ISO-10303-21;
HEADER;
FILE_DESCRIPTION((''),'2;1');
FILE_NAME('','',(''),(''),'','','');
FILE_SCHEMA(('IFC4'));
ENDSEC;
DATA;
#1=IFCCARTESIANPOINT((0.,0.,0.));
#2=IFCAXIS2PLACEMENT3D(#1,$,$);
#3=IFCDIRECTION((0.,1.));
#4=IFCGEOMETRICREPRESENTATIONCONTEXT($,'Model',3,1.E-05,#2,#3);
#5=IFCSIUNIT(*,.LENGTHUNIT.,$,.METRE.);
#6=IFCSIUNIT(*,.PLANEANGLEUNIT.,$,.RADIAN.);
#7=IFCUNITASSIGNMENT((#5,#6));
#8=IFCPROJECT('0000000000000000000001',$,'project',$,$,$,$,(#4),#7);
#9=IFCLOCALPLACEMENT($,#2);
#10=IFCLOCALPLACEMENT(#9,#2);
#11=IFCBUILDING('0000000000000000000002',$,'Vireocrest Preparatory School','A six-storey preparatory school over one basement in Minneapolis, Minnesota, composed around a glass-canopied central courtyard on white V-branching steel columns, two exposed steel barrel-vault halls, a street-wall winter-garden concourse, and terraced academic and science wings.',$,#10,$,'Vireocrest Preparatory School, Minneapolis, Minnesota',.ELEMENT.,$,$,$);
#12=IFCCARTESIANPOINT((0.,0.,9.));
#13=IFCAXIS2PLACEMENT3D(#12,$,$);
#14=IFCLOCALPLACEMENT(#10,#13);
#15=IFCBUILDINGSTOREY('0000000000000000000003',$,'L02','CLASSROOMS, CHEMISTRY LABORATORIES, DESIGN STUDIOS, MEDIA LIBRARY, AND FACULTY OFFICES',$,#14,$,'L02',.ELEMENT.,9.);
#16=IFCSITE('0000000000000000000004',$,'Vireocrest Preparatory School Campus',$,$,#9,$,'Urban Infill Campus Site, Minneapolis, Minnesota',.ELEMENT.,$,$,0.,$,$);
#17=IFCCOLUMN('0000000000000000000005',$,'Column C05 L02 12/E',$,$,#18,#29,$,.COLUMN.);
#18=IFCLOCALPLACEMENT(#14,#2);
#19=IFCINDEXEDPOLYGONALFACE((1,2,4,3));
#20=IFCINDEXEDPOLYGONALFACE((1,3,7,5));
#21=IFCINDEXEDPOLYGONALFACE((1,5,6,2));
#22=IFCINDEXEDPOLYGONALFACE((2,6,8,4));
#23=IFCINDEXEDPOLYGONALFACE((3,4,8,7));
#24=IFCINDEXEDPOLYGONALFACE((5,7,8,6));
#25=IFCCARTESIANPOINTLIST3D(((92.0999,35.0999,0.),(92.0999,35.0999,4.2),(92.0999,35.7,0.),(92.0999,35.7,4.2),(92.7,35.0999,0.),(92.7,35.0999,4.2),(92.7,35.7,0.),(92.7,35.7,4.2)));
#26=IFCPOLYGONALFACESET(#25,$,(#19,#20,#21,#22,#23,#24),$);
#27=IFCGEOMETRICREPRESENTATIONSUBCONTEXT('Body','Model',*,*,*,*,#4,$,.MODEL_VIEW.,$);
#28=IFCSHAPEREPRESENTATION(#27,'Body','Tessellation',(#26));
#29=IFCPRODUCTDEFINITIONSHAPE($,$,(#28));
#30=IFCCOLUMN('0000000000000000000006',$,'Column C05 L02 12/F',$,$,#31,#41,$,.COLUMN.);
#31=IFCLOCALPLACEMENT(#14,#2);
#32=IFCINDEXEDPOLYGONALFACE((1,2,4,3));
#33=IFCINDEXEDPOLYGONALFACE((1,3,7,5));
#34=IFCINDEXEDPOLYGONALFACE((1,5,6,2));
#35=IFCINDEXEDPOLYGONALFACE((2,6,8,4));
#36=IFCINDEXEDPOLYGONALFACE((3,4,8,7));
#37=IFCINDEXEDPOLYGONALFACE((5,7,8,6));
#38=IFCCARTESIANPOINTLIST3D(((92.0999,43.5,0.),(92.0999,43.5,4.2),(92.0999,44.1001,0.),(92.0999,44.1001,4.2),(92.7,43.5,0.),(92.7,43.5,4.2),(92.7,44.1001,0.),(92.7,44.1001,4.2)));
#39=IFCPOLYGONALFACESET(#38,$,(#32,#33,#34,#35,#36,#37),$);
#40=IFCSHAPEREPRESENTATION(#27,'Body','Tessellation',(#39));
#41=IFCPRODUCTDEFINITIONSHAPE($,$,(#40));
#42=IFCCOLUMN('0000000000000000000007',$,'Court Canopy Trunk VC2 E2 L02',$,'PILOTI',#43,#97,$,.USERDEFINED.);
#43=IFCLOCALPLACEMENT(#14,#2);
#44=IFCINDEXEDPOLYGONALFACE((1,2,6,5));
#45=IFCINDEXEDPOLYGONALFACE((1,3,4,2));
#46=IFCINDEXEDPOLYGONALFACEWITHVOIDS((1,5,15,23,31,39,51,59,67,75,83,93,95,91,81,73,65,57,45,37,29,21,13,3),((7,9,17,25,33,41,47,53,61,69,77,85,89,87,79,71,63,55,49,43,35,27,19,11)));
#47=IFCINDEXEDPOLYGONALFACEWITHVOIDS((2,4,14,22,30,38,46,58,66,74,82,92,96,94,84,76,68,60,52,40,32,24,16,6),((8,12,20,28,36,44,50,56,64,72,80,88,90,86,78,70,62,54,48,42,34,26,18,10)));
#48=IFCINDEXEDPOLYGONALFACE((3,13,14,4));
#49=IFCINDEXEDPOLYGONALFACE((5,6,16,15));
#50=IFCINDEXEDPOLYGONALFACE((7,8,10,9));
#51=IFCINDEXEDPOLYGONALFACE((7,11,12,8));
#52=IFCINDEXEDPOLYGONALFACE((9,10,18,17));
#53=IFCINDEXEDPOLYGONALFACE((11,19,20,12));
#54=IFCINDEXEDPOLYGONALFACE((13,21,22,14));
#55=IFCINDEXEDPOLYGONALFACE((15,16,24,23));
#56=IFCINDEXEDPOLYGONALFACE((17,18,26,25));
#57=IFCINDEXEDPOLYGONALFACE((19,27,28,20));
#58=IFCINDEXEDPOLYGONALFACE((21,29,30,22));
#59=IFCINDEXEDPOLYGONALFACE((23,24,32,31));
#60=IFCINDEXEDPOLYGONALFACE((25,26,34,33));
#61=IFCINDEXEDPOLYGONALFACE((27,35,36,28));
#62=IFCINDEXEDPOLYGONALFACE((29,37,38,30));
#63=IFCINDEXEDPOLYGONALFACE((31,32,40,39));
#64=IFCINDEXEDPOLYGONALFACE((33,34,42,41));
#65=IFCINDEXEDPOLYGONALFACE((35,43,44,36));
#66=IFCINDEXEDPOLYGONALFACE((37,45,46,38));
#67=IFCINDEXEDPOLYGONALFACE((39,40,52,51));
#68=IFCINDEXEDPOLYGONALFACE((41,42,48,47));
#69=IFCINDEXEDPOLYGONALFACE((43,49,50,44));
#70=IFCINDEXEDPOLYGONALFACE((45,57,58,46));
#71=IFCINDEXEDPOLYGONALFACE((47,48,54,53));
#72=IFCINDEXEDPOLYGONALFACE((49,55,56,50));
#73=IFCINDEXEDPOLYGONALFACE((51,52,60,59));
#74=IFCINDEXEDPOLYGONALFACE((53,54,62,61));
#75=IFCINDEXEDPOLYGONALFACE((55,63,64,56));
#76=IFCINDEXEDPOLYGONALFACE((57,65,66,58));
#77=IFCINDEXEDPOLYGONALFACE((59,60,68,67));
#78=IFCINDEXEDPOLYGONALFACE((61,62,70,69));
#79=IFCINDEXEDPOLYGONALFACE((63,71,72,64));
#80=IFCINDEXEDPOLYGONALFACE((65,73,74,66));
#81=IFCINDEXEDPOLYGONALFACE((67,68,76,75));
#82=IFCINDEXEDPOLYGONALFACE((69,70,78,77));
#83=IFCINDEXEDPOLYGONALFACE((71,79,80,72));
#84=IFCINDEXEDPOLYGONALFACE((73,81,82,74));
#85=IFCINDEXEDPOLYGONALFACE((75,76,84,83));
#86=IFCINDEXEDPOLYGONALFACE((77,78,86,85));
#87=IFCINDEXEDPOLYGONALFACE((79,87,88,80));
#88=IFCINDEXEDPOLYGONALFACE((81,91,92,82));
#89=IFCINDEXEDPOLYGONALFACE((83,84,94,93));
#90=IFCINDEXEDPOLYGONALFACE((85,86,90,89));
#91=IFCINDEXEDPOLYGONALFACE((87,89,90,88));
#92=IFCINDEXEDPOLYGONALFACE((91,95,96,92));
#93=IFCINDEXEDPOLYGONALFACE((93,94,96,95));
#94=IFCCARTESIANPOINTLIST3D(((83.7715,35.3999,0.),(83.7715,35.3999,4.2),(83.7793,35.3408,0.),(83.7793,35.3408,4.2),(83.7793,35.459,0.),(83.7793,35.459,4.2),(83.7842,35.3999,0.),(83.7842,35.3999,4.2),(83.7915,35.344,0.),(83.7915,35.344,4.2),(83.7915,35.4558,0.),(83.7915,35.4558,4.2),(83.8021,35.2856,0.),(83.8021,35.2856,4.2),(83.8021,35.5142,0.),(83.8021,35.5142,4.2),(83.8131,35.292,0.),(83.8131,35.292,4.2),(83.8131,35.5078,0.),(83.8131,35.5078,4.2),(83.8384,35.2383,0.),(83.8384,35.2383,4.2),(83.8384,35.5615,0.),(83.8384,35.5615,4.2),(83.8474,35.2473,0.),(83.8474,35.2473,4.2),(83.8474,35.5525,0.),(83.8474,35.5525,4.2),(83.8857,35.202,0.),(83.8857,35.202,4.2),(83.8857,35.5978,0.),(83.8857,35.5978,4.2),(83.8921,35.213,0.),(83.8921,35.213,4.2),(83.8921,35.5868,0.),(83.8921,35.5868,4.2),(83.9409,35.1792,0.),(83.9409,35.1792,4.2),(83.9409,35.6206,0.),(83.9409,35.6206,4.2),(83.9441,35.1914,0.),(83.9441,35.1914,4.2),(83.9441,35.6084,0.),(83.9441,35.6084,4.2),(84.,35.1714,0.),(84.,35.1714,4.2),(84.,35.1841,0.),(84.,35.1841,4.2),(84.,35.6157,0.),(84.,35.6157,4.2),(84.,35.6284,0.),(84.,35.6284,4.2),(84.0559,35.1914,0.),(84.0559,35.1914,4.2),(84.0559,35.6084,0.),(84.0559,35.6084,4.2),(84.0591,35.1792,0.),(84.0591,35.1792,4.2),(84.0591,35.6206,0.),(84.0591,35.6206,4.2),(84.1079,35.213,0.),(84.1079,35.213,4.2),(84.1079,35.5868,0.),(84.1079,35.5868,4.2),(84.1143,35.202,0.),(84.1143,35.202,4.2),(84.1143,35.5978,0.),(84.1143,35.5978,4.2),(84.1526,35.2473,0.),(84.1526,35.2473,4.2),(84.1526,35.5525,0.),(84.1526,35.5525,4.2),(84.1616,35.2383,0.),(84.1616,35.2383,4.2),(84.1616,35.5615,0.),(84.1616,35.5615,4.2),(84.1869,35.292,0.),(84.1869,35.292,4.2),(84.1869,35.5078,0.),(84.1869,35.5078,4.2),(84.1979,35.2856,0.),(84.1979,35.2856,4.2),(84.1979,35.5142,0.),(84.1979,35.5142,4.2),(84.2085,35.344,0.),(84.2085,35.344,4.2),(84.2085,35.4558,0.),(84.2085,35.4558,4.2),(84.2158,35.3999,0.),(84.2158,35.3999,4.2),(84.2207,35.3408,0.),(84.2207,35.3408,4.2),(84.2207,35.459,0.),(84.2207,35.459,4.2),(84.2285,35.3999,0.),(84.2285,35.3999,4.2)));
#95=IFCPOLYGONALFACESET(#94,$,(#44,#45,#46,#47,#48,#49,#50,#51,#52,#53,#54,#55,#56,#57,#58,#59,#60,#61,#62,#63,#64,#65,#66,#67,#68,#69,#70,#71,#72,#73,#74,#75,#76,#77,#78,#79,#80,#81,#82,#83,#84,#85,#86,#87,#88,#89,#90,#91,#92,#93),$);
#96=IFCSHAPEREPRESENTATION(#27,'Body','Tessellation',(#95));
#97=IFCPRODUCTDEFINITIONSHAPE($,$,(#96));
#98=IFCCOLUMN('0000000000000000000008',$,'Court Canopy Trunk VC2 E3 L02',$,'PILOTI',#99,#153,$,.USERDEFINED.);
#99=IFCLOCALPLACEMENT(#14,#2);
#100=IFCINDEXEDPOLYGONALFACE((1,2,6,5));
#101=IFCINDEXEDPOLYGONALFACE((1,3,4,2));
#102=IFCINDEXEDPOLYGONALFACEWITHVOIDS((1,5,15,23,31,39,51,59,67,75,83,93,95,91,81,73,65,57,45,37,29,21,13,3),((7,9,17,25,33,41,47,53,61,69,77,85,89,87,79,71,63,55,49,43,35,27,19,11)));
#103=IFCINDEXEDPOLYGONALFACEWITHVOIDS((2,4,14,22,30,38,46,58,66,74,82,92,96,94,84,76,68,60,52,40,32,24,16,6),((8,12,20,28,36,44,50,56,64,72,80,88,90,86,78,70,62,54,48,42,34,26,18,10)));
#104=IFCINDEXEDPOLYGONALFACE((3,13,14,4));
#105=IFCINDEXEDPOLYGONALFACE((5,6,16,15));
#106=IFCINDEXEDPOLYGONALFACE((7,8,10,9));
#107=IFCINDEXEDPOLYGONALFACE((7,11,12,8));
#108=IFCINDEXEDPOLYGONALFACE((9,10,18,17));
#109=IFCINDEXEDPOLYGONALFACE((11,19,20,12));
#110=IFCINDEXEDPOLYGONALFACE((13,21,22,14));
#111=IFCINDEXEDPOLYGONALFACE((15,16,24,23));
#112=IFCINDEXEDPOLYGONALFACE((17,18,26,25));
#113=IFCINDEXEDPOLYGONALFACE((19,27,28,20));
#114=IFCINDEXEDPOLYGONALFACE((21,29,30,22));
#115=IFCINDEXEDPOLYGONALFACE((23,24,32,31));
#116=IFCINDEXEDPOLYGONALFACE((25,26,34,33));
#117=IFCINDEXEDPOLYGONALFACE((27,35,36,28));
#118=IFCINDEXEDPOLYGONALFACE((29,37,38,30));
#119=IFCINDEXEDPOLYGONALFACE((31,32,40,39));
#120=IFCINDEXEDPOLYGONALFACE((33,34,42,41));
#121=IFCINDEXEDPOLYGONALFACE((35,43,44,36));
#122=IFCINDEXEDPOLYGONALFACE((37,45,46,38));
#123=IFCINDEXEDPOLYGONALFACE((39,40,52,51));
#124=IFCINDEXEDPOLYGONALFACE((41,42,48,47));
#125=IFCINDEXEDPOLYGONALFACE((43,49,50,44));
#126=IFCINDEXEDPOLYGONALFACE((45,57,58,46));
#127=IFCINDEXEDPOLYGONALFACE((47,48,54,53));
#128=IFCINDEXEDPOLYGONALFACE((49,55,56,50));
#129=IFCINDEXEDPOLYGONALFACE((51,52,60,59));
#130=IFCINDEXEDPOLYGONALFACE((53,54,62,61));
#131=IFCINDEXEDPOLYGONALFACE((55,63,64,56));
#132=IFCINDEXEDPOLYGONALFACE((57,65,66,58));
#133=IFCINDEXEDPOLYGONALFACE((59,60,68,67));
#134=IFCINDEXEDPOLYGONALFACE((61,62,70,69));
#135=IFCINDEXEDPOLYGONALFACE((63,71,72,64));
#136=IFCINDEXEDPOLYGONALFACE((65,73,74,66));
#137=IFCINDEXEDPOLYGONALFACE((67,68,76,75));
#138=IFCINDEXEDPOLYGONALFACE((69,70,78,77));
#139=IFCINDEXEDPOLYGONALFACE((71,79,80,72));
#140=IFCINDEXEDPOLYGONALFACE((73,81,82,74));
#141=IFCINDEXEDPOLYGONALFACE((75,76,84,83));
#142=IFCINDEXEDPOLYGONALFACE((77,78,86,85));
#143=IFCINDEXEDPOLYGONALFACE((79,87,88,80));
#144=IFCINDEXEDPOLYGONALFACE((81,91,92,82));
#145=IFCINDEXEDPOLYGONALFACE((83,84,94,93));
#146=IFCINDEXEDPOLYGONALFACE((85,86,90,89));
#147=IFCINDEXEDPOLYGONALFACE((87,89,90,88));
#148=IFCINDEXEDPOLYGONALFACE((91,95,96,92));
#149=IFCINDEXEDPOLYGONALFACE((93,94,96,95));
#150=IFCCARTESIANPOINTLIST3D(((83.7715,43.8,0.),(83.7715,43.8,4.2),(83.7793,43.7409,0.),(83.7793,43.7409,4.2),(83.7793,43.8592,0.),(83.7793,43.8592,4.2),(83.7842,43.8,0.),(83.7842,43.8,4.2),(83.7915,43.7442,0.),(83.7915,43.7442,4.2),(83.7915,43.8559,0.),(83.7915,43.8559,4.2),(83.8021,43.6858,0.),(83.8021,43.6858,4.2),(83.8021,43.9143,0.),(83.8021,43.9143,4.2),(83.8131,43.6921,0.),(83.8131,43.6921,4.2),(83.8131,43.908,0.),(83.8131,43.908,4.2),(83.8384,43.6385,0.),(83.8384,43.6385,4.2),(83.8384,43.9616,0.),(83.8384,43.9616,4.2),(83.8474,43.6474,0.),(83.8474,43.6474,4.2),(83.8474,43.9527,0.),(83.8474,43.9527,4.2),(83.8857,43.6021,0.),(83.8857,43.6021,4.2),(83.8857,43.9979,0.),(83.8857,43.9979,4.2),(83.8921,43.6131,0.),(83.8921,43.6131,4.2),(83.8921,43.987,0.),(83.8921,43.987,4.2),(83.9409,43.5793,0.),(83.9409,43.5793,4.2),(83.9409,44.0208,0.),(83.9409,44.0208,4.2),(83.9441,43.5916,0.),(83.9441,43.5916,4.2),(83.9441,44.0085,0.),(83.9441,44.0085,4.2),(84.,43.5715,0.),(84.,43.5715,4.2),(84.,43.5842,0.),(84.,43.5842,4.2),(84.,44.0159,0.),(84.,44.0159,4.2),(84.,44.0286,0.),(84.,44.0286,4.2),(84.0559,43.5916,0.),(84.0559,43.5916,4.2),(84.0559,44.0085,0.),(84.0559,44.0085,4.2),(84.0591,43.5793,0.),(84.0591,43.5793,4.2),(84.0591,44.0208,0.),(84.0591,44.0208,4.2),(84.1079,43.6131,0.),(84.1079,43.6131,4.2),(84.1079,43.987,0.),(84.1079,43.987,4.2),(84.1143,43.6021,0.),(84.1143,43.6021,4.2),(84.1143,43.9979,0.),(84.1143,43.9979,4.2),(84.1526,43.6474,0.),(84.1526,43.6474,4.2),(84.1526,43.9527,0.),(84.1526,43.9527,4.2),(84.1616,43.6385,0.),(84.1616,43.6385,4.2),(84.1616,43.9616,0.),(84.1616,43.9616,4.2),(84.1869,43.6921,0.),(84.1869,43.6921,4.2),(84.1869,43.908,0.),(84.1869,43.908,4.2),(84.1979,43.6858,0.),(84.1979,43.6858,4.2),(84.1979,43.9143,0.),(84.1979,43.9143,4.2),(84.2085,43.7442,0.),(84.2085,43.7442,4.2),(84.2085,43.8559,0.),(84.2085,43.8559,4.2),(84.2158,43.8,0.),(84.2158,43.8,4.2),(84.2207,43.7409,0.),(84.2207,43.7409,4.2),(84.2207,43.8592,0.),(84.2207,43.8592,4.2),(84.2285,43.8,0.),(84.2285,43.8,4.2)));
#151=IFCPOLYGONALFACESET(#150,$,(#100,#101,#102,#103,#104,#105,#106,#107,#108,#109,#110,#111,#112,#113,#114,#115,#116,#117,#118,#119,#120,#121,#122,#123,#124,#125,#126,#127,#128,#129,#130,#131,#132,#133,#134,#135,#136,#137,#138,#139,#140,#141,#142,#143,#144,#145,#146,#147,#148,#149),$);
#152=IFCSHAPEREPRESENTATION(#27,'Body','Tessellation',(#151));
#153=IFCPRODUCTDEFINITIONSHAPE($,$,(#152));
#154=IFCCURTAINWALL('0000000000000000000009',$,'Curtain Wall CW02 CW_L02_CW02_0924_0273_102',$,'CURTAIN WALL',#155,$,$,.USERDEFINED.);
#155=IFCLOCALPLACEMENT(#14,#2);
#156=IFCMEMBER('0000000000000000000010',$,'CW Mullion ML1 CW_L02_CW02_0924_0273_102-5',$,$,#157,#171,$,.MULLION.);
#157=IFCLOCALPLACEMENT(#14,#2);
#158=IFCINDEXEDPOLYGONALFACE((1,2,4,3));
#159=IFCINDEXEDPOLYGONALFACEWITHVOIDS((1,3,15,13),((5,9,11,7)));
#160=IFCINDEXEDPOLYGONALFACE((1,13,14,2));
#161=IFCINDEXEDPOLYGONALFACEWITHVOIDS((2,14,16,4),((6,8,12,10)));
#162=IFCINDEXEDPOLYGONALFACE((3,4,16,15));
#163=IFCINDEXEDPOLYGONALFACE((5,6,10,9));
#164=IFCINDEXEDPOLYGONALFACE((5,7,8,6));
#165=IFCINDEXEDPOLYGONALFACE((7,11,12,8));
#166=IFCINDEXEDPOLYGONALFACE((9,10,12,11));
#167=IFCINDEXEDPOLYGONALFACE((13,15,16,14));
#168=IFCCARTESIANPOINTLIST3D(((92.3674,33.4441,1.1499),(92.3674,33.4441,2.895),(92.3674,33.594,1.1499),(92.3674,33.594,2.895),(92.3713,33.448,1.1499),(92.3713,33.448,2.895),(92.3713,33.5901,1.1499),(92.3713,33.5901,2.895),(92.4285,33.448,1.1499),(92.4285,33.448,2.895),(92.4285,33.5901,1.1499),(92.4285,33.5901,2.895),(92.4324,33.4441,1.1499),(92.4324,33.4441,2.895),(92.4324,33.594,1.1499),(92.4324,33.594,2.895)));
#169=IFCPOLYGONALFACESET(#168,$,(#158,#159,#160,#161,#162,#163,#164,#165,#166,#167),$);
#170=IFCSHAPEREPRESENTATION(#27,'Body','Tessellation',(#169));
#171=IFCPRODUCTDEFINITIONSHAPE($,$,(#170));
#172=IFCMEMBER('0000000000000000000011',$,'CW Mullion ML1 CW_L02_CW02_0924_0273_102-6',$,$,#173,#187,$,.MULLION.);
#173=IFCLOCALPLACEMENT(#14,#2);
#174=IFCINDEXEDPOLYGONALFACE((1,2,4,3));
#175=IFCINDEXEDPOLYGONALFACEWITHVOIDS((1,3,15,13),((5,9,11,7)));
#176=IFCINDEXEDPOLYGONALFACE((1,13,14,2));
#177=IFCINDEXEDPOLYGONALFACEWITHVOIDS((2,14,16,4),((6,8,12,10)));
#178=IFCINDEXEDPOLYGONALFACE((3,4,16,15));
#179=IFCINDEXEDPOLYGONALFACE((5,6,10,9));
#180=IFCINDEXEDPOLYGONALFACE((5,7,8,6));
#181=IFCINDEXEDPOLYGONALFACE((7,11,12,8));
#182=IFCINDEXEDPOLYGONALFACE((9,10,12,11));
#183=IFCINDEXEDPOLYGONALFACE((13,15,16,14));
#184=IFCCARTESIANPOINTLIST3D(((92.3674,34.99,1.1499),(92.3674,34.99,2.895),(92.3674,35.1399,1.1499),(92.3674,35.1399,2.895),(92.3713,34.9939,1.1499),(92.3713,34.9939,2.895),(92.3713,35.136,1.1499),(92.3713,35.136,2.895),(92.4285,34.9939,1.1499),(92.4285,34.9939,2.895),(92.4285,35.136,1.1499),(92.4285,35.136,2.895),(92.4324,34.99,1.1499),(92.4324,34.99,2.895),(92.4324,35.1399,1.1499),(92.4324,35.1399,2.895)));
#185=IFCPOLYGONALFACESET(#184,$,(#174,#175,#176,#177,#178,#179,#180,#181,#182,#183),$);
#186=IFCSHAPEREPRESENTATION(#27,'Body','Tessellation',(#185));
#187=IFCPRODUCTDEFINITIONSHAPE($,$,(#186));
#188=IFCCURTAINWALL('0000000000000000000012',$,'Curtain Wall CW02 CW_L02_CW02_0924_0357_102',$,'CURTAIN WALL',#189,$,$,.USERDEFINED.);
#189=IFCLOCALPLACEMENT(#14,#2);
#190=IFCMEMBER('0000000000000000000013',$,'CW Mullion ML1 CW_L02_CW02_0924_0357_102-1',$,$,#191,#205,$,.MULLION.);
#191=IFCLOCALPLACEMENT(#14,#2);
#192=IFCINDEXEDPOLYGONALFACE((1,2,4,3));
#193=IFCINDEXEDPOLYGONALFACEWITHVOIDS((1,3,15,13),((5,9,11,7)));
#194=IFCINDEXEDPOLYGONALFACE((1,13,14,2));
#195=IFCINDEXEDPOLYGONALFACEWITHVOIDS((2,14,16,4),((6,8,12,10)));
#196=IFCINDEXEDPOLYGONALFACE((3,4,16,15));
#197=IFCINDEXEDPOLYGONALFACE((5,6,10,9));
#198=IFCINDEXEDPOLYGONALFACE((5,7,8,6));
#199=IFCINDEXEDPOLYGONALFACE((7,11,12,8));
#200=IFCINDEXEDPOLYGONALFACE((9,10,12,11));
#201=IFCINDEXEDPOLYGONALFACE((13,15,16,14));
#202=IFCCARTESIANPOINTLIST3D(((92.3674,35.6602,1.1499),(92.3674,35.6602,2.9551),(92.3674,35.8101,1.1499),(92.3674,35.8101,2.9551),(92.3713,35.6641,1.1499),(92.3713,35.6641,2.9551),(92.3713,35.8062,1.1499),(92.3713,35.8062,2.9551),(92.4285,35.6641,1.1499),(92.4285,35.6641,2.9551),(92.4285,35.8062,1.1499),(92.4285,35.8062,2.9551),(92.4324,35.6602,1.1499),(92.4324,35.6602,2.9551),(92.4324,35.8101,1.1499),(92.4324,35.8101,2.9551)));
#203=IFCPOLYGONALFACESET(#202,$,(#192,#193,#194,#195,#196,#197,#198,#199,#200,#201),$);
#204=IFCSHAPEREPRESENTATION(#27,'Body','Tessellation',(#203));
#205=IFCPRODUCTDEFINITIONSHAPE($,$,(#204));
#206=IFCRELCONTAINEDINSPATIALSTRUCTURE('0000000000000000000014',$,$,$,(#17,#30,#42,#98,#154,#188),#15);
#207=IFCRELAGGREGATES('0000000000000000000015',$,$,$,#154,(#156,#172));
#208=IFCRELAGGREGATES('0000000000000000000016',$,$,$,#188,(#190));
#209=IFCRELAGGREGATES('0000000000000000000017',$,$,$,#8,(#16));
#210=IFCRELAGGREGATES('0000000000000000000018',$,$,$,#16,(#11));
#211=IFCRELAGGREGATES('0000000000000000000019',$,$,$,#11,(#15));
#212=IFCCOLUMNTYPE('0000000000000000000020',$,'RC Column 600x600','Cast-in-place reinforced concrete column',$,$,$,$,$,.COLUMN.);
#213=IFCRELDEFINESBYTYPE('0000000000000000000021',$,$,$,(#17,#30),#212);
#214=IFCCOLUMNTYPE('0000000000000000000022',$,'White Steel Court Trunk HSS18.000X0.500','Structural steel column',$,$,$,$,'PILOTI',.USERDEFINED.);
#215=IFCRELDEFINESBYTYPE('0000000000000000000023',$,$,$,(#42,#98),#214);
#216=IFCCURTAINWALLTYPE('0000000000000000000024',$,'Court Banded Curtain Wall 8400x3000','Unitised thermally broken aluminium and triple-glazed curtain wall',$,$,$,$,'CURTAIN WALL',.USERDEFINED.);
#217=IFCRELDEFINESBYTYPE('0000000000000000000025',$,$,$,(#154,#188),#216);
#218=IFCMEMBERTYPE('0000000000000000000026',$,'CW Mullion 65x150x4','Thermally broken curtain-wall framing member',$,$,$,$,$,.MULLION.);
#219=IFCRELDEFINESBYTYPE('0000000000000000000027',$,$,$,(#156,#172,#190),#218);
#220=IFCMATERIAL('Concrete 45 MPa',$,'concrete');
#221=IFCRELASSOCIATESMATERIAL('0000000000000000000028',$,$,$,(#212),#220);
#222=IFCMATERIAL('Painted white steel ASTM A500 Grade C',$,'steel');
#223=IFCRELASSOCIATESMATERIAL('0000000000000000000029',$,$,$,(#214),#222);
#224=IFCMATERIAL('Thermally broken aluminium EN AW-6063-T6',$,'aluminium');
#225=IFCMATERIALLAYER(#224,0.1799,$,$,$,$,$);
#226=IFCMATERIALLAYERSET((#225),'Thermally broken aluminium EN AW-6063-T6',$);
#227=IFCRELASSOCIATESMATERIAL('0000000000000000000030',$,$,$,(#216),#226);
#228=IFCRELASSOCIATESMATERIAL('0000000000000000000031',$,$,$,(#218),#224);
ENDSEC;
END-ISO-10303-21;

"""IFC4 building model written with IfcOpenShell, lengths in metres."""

from ifc_helpers import new_model, si_unit, direction, frame, origin, origin_2d, place, context, subcontext, project, spatial, rectangle, hollow_rectangle, hollow_circle, extrude, material, layer, layer_set, material_profile, profile_set, type_object, element, aggregate, save


model = new_model("IFC4")

# Units and contexts
model_context = context("Model", 3, precision=1e-05, world=origin(), true_north=direction((0.0, 1.0)))
body_context = subcontext(model_context, "Body", "Model", "MODEL_VIEW")
ifc_project = project(units=[si_unit("LENGTHUNIT", "METRE"), si_unit("PLANEANGLEUNIT", "RADIAN")], contexts=[model_context])

# Site, building, storey
site_placement = place(None, origin())
site = spatial("IfcSite", under=ifc_project, at=site_placement, Name="Vireocrest Preparatory School Campus", LongName="Urban Infill Campus Site, Minneapolis, Minnesota", CompositionType="ELEMENT", RefElevation=0.0)
building_placement = place(site_placement, origin())
building = spatial("IfcBuilding", under=site, at=building_placement, Name="Vireocrest Preparatory School", Description="A six-storey preparatory school over one basement in Minneapolis, Minnesota, composed around a glass-canopied central courtyard on white V-branching steel columns, two exposed steel barrel-vault halls, a street-wall winter-garden concourse, and terraced academic and science wings.", LongName="Vireocrest Preparatory School, Minneapolis, Minnesota", CompositionType="ELEMENT")
storey_placement = place(building_placement, frame((0.0, 0.0, 9.0)))
storey = spatial("IfcBuildingStorey", under=building, at=storey_placement, Name="L02", Description="CLASSROOMS, CHEMISTRY LABORATORIES, DESIGN STUDIOS, MEDIA LIBRARY, AND FACULTY OFFICES", LongName="L02", CompositionType="ELEMENT", Elevation=9.0)

# Columns
ifc_material_1 = material(Name="Concrete 45 MPa", Category="concrete")
ifc_material_profile_1 = material_profile(ifc_material_1, rectangle(XDim=0.6001, YDim=0.6001, at=origin_2d()), Name="RC 600x600")
ifc_profile_set_1 = profile_set([ifc_material_profile_1], Name="Concrete 45 MPa")
column_type_1 = type_object("IfcColumnType", Name="RC Column 600x600", Description="Cast-in-place reinforced concrete column", PredefinedType="COLUMN", material=ifc_profile_set_1)
for number, where, z_axis, x_axis, name in (
    (1, (92.3999, 35.3999, 0.0), (0.0, 0.0, 1.0), (1.0, 0.0, 0.0), "Column C05 L02 12/E"),
    (2, (92.3999, 43.8, 0.0), (0.0, 0.0, 1.0), (1.0, 0.0, 0.0), "Column C05 L02 12/F"),
):
    element("IfcColumn", number, at=place(storey_placement, frame(where, z_axis=z_axis, x_axis=x_axis)), inside=storey, type_object=column_type_1, Name=name, PredefinedType="COLUMN", context=body_context, shape_type="SweptSolid", body=[
        extrude(rectangle(XDim=0.6001, YDim=0.6001, at=origin_2d()), origin(), (0.0, 0.0, 1.0), 4.2),
    ])
ifc_material_2 = material(Name="Painted white steel ASTM A500 Grade C", Category="steel")
ifc_material_profile_2 = material_profile(ifc_material_2, hollow_circle(Radius=0.2285, WallThickness=0.0127, at=origin_2d()), Name="HSS18.000X0.500")
ifc_profile_set_2 = profile_set([ifc_material_profile_2], Name="Painted white steel ASTM A500 Grade C")
column_type_2 = type_object("IfcColumnType", Name="White Steel Court Trunk HSS18.000X0.500", Description="Structural steel column", ElementType="PILOTI", PredefinedType="USERDEFINED", material=ifc_profile_set_2)
for number, where, z_axis, x_axis, name in (
    (3, (84.0, 35.3999, 0.0), (0.0, 0.0, 1.0), (1.0, 0.0, 0.0), "Court Canopy Trunk VC2 E2 L02"),
    (4, (84.0, 43.8, 0.0), (0.0, 0.0, 1.0), (1.0, 0.0, 0.0), "Court Canopy Trunk VC2 E3 L02"),
):
    element("IfcColumn", number, at=place(storey_placement, frame(where, z_axis=z_axis, x_axis=x_axis)), inside=storey, type_object=column_type_2, Name=name, ObjectType="PILOTI", PredefinedType="USERDEFINED", context=body_context, shape_type="SweptSolid", body=[
        extrude(hollow_circle(Radius=0.2285, WallThickness=0.0127, at=origin_2d()), origin(), (0.0, 0.0, 1.0), 4.2),
    ])

# Curtain walls, members
ifc_material_3 = material(Name="Thermally broken aluminium EN AW-6063-T6", Category="aluminium")
ifc_layer_1 = layer(ifc_material_3, 0.1799)
ifc_layer_set_1 = layer_set([ifc_layer_1], Name="Thermally broken aluminium EN AW-6063-T6")
curtain_wall_type = type_object("IfcCurtainWallType", Name="Court Banded Curtain Wall 8400x3000", Description="Unitised thermally broken aluminium and triple-glazed curtain wall", ElementType="CURTAIN WALL", PredefinedType="USERDEFINED", material=ifc_layer_set_1)
curtain_wall_1_placement = place(storey_placement, origin())
curtain_wall_1 = element("IfcCurtainWall", 5, at=curtain_wall_1_placement, inside=storey, type_object=curtain_wall_type, Name="Curtain Wall CW02 CW_L02_CW02_0924_0273_102", ObjectType="CURTAIN WALL", PredefinedType="USERDEFINED")
ifc_material_profile_3 = material_profile(ifc_material_3, hollow_rectangle(XDim=0.0649, YDim=0.1499, WallThickness=0.0039, at=origin_2d()), Name="ALU 65x150x4")
ifc_profile_set_3 = profile_set([ifc_material_profile_3], Name="Thermally broken aluminium EN AW-6063-T6")
member_type_1 = type_object("IfcMemberType", Name="CW Mullion 65x150x4", Description="Thermally broken curtain-wall framing member", PredefinedType="MULLION", material=ifc_profile_set_3)
member_1_placement = place(storey_placement, frame((92.3999, 33.519, 1.1499), z_axis=(0.0, 0.0, 1.0), x_axis=(1.0, 0.0, 0.0)))
member_1 = element("IfcMember", 6, at=member_1_placement, type_object=member_type_1, Name="CW Mullion ML1 CW_L02_CW02_0924_0273_102-5", PredefinedType="MULLION", context=body_context, shape_type="SweptSolid", body=[
    extrude(hollow_rectangle(XDim=0.0649, YDim=0.1499, WallThickness=0.0039, at=origin_2d()), origin(), (0.0, 0.0, 1.0), 1.7451),
])
member_2_placement = place(storey_placement, frame((92.3999, 35.0649, 1.1499), z_axis=(0.0, 0.0, 1.0), x_axis=(1.0, 0.0, 0.0)))
member_2 = element("IfcMember", 7, at=member_2_placement, type_object=member_type_1, Name="CW Mullion ML1 CW_L02_CW02_0924_0273_102-6", PredefinedType="MULLION", context=body_context, shape_type="SweptSolid", body=[
    extrude(hollow_rectangle(XDim=0.0649, YDim=0.1499, WallThickness=0.0039, at=origin_2d()), origin(), (0.0, 0.0, 1.0), 1.7451),
])
curtain_wall_2_placement = place(storey_placement, origin())
curtain_wall_2 = element("IfcCurtainWall", 8, at=curtain_wall_2_placement, inside=storey, type_object=curtain_wall_type, Name="Curtain Wall CW02 CW_L02_CW02_0924_0357_102", ObjectType="CURTAIN WALL", PredefinedType="USERDEFINED")
member_3_placement = place(storey_placement, frame((92.3999, 35.7351, 1.1499), z_axis=(0.0, 0.0, 1.0), x_axis=(1.0, 0.0, 0.0)))
member_3 = element("IfcMember", 9, at=member_3_placement, type_object=member_type_1, Name="CW Mullion ML1 CW_L02_CW02_0924_0357_102-1", PredefinedType="MULLION", context=body_context, shape_type="SweptSolid", body=[
    extrude(hollow_rectangle(XDim=0.0649, YDim=0.1499, WallThickness=0.0039, at=origin_2d()), origin(), (0.0, 0.0, 1.0), 1.8052),
])

aggregate(curtain_wall_1, [member_1, member_2])
aggregate(curtain_wall_2, [member_3])

save(model, "model.ifc")
